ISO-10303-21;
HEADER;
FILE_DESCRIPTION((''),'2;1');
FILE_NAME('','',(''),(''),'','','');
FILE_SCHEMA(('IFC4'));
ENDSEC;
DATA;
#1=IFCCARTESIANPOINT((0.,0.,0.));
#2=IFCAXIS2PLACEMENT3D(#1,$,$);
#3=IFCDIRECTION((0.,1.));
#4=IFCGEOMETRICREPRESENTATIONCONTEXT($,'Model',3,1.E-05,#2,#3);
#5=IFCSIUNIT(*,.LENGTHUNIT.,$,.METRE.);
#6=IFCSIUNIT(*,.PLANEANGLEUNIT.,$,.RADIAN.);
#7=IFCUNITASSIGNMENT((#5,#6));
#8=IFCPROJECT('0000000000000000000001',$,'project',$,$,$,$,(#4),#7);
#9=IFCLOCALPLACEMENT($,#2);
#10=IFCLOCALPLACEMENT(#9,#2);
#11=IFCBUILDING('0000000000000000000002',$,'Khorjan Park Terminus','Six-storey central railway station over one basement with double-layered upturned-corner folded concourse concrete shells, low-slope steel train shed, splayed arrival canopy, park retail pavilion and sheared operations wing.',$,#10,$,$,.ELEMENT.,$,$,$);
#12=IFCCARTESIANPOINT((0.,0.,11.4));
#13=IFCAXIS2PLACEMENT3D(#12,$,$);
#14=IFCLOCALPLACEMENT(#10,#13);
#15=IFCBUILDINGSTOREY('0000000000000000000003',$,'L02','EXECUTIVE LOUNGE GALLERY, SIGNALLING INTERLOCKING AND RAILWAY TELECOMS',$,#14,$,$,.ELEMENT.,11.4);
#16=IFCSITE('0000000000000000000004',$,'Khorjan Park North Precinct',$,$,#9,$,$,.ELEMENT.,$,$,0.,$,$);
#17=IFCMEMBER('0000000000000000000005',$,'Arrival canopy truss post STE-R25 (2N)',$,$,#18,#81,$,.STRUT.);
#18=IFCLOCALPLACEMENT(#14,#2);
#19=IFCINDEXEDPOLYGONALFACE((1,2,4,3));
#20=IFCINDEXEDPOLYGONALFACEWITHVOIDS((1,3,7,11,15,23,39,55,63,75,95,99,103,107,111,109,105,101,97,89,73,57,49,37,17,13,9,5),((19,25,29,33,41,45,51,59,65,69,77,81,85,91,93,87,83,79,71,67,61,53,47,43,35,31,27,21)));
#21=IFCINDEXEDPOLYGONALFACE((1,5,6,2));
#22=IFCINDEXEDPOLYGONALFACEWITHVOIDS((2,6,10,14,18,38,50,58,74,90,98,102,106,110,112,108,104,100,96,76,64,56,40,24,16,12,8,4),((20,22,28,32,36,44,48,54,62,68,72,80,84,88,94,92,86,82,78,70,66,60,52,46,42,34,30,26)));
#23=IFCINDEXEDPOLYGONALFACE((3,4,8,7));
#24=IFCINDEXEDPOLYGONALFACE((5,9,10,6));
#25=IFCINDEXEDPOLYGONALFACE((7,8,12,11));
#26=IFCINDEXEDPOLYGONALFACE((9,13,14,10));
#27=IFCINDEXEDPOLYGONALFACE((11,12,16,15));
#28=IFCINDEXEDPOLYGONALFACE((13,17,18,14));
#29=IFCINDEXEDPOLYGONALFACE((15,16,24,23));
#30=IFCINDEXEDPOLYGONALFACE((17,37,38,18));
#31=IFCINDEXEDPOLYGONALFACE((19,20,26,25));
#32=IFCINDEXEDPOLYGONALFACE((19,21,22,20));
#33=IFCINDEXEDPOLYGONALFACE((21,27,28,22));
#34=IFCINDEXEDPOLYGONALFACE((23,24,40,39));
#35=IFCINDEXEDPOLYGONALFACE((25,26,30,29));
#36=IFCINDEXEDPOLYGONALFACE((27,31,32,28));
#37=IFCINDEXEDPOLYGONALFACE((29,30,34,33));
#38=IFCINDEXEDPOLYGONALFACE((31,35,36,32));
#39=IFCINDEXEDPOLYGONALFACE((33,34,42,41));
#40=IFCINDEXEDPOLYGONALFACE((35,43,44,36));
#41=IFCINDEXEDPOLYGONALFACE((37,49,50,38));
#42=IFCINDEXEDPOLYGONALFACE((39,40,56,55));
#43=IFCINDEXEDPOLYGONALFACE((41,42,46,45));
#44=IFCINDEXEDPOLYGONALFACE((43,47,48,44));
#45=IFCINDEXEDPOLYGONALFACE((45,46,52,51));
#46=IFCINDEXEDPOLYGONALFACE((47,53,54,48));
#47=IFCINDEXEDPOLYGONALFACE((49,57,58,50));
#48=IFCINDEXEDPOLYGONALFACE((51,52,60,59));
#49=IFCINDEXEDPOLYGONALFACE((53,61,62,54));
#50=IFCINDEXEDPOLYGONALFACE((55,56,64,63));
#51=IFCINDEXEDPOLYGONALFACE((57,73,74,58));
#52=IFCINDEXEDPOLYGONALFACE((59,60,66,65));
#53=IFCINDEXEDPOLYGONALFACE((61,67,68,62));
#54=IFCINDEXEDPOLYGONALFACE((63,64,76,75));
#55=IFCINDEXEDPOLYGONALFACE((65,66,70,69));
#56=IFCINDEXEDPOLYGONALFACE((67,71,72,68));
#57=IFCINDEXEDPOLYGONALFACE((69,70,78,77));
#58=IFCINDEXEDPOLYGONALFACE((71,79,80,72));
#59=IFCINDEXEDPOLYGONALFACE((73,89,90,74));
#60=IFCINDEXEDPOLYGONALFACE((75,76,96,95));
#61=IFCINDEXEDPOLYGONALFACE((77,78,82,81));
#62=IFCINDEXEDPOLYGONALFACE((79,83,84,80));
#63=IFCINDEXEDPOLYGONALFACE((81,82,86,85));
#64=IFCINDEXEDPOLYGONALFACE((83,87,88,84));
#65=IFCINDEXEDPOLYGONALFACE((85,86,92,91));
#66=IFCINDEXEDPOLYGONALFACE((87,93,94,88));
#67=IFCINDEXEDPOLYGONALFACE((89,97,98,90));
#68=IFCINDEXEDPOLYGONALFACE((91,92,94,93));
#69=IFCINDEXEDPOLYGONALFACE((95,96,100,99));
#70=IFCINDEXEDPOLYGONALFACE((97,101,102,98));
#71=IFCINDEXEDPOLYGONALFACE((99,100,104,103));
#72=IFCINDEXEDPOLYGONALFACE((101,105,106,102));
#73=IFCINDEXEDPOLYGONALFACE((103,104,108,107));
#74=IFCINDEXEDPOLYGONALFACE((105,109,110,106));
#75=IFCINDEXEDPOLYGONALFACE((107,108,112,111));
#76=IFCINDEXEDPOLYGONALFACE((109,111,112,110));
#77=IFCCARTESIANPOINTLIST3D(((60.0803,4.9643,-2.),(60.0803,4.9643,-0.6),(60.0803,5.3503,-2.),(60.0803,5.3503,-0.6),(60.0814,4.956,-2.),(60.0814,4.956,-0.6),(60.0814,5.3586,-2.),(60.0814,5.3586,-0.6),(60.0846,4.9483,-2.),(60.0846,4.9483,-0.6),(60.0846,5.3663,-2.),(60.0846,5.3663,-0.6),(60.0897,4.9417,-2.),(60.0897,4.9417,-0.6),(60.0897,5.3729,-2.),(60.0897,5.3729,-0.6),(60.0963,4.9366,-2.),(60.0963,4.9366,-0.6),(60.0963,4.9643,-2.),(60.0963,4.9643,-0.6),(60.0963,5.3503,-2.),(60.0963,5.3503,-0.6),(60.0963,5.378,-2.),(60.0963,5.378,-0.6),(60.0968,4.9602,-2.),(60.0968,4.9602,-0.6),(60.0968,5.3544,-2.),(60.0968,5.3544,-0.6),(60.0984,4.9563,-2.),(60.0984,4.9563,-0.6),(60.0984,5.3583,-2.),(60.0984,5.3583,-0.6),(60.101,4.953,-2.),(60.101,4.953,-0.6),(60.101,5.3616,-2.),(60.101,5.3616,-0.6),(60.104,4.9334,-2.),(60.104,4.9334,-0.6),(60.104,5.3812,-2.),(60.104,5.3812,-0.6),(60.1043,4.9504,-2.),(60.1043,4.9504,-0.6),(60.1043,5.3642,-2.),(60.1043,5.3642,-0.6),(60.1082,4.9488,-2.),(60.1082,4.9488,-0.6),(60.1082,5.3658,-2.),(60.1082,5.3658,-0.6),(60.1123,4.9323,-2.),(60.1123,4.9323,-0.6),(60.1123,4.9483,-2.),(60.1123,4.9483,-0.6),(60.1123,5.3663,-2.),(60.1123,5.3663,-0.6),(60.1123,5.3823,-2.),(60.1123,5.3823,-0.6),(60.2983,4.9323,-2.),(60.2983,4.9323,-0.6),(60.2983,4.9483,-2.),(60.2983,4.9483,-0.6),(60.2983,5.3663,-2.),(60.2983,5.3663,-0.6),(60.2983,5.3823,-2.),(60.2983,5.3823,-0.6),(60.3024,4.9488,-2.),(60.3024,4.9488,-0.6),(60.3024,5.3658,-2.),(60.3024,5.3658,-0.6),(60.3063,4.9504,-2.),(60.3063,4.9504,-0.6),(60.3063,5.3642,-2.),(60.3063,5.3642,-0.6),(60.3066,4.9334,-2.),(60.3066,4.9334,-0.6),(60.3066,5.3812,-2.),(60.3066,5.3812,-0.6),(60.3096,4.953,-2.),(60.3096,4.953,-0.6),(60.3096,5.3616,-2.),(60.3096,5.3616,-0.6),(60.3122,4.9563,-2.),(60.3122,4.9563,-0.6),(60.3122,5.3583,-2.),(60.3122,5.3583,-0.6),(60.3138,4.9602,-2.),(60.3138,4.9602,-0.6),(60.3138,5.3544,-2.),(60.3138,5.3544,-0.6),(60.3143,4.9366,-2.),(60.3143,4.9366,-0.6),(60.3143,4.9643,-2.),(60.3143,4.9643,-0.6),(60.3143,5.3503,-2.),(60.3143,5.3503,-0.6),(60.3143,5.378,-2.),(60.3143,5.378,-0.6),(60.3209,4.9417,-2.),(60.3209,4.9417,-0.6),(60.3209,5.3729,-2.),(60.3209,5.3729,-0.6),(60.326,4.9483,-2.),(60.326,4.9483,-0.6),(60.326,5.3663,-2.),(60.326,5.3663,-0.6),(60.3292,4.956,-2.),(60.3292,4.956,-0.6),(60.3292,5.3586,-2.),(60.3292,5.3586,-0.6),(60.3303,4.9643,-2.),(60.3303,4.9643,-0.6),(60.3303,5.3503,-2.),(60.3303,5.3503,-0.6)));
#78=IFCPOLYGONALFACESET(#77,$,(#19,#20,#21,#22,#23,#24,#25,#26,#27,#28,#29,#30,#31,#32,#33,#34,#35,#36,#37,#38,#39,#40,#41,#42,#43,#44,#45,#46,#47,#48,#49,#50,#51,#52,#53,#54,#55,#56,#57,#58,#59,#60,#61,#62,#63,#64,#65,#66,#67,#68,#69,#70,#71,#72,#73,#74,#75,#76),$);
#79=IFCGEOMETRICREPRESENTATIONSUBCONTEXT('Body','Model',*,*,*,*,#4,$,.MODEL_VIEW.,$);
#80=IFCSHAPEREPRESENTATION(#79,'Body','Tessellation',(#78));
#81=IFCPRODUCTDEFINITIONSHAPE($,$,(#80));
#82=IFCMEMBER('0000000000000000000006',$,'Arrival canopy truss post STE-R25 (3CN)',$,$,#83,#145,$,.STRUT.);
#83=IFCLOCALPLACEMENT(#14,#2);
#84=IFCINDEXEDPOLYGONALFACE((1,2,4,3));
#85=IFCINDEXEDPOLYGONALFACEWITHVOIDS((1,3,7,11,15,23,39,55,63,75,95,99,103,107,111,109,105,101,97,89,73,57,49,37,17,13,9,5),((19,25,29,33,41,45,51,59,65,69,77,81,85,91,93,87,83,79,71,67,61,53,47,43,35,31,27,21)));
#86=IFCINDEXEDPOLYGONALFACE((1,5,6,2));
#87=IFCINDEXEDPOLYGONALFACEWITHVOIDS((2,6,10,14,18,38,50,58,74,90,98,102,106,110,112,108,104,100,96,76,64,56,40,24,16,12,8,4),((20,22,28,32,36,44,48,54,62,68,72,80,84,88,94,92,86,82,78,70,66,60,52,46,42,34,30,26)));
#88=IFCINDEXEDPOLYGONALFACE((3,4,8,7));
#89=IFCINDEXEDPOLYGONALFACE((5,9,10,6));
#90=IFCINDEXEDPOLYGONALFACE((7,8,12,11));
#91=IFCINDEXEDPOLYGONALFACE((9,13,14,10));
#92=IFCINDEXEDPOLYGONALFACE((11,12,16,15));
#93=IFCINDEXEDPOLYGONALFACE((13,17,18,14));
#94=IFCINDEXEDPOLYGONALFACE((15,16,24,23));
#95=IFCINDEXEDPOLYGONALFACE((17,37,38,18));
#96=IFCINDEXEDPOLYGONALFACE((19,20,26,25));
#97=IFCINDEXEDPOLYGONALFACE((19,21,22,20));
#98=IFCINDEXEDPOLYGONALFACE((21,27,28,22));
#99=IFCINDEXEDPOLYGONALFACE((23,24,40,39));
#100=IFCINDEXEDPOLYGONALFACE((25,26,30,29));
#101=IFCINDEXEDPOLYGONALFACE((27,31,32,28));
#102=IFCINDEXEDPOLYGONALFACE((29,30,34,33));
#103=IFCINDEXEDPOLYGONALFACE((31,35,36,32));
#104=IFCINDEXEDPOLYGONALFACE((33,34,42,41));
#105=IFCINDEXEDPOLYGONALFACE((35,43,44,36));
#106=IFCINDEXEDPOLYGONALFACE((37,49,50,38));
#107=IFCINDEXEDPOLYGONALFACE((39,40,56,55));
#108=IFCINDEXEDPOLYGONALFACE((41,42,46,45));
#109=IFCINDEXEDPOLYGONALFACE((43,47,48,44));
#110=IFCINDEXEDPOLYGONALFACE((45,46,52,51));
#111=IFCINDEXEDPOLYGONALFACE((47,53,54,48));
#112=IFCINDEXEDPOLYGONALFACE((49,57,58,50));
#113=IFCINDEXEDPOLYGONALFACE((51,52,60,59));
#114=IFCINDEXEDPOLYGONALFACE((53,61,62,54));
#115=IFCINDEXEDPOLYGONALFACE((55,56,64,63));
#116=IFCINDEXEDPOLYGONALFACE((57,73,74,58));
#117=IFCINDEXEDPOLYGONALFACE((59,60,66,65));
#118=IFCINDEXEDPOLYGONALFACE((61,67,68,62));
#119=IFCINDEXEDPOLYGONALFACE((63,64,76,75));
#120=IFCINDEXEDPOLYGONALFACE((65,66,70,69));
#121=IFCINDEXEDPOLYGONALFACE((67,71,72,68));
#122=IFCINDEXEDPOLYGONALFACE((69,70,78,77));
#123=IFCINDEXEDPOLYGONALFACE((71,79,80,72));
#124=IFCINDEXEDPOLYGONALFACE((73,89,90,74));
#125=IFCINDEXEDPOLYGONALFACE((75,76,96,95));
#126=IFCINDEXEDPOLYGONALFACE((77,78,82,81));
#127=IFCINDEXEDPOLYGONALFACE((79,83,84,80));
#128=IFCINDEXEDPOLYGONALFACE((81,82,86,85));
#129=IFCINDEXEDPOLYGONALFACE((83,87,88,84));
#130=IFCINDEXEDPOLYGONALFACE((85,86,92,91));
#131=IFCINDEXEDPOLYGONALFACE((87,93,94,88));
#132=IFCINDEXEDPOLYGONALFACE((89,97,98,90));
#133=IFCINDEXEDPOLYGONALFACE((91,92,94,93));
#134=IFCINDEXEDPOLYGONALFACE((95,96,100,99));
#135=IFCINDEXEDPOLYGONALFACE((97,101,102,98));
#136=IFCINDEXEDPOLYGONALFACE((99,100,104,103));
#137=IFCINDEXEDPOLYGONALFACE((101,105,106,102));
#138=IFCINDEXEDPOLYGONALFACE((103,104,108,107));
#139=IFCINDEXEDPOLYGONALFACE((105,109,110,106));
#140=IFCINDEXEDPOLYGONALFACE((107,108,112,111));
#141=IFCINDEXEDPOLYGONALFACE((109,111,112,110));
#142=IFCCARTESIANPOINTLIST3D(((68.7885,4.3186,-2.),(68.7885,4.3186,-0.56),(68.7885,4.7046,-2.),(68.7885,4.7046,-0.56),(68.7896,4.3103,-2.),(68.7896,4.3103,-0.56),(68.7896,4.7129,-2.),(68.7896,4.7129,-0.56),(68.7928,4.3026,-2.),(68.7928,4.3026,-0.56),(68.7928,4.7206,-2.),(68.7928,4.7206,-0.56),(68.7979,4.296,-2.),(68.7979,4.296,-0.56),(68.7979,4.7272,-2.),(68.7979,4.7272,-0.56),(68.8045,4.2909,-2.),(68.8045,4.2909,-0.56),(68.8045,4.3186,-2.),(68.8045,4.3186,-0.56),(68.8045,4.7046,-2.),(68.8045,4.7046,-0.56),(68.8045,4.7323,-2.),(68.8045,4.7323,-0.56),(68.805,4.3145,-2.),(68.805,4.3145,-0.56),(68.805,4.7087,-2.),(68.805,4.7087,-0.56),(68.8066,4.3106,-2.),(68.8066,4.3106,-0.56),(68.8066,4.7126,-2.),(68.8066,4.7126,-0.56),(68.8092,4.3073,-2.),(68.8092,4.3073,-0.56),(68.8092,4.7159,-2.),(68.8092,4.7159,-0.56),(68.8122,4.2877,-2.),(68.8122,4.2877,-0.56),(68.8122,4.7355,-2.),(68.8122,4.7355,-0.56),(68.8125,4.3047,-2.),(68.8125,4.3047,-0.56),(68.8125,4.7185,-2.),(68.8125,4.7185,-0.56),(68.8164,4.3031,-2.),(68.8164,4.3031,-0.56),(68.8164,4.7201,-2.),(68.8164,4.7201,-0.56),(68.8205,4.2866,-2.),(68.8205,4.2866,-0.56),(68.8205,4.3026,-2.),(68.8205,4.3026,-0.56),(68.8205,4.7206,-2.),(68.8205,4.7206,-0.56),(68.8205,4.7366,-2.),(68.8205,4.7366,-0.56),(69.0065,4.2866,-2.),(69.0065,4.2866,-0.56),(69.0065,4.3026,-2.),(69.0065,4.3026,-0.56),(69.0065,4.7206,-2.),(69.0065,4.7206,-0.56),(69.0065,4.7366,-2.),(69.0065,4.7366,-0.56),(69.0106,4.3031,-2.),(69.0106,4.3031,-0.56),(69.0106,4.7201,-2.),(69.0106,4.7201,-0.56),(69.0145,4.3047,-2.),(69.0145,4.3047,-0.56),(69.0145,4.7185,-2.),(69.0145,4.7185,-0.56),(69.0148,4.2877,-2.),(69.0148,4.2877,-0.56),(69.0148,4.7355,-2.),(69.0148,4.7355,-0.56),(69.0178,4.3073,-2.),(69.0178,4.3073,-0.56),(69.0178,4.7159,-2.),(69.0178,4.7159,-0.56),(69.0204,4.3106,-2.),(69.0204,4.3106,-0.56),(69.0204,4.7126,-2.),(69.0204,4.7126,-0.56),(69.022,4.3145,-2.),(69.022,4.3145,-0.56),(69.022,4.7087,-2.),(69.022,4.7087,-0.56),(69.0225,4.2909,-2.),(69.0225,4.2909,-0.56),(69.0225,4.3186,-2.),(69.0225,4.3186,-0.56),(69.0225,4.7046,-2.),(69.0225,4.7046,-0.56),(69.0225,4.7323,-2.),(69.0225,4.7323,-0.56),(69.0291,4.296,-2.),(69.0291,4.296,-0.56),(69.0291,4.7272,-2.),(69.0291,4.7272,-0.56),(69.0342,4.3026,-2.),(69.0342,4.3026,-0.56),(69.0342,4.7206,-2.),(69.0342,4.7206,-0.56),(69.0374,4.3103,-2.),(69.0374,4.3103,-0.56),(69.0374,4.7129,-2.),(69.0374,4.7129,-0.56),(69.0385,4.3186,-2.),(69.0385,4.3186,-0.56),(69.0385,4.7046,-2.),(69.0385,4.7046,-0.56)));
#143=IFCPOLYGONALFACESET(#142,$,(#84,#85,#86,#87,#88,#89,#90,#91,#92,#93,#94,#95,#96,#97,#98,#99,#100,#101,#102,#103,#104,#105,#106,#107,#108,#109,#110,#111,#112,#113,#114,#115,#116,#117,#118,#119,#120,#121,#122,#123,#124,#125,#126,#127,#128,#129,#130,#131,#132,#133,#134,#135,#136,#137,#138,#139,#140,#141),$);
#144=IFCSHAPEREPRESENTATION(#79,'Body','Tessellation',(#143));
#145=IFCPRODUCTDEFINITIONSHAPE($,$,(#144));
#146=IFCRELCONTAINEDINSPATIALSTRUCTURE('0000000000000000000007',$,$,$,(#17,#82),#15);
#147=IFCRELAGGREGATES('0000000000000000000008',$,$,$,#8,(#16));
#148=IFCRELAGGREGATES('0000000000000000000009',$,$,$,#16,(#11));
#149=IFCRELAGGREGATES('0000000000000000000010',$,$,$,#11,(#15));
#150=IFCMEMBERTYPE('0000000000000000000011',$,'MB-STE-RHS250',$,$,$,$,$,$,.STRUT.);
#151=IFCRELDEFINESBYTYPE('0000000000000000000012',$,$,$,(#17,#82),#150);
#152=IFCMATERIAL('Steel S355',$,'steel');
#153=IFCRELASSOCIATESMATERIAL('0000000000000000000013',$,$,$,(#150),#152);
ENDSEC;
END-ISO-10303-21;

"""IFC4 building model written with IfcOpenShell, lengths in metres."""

from ifc_helpers import new_model, si_unit, direction, frame, origin, origin_2d, place, context, subcontext, project, spatial, hollow_rectangle, extrude, material, material_profile, profile_set, type_object, element, save


model = new_model("IFC4")

# Units and contexts
model_context = context("Model", 3, precision=1e-05, world=origin(), true_north=direction((0.0, 1.0)))
body_context = subcontext(model_context, "Body", "Model", "MODEL_VIEW")
ifc_project = project(units=[si_unit("LENGTHUNIT", "METRE"), si_unit("PLANEANGLEUNIT", "RADIAN")], contexts=[model_context])

# Site, building, storey
site_placement = place(None, origin())
site = spatial("IfcSite", under=ifc_project, at=site_placement, Name="Khorjan Park North Precinct", CompositionType="ELEMENT", RefElevation=0.0)
building_placement = place(site_placement, origin())
building = spatial("IfcBuilding", under=site, at=building_placement, Name="Khorjan Park Terminus", Description="Six-storey central railway station over one basement with double-layered upturned-corner folded concourse concrete shells, low-slope steel train shed, splayed arrival canopy, park retail pavilion and sheared operations wing.", CompositionType="ELEMENT")
storey_placement = place(building_placement, frame((0.0, 0.0, 11.4)))
storey = spatial("IfcBuildingStorey", under=building, at=storey_placement, Name="L02", Description="EXECUTIVE LOUNGE GALLERY, SIGNALLING INTERLOCKING AND RAILWAY TELECOMS", CompositionType="ELEMENT", Elevation=11.4)

# Members
ifc_material_1 = material(Name="Steel S355", Category="steel")
ifc_material_profile_1 = material_profile(ifc_material_1, hollow_rectangle(XDim=0.25, YDim=0.45, WallThickness=0.016, InnerFilletRadius=0.016, OuterFilletRadius=0.032, at=origin_2d()), Name="RHS 450x250x16")
ifc_profile_set_1 = profile_set([ifc_material_profile_1], Name="Steel S355")
member_type_1 = type_object("IfcMemberType", Name="MB-STE-RHS250", PredefinedType="STRUT", material=ifc_profile_set_1)
member_1_placement = place(storey_placement, frame((60.2053, 5.1573, -2.0), z_axis=(0.0, 0.0, 1.0), x_axis=(1.0, 0.0, 0.0)))
element("IfcMember", 1, at=member_1_placement, inside=storey, type_object=member_type_1, Name="Arrival canopy truss post STE-R25 (2N)", PredefinedType="STRUT", context=body_context, shape_type="SweptSolid", body=[
    extrude(hollow_rectangle(XDim=0.25, YDim=0.45, WallThickness=0.016, InnerFilletRadius=0.016, OuterFilletRadius=0.032, at=origin_2d()), origin(), (0.0, 0.0, 1.0), 1.4),
])
member_2_placement = place(storey_placement, frame((68.9135, 4.5116, -2.0), z_axis=(0.0, 0.0, 1.0), x_axis=(1.0, 0.0, 0.0)))
element("IfcMember", 2, at=member_2_placement, inside=storey, type_object=member_type_1, Name="Arrival canopy truss post STE-R25 (3CN)", PredefinedType="STRUT", context=body_context, shape_type="SweptSolid", body=[
    extrude(hollow_rectangle(XDim=0.25, YDim=0.45, WallThickness=0.016, InnerFilletRadius=0.016, OuterFilletRadius=0.032, at=origin_2d()), origin(), (0.0, 0.0, 1.0), 1.44),
])

save(model, "model.ifc")
